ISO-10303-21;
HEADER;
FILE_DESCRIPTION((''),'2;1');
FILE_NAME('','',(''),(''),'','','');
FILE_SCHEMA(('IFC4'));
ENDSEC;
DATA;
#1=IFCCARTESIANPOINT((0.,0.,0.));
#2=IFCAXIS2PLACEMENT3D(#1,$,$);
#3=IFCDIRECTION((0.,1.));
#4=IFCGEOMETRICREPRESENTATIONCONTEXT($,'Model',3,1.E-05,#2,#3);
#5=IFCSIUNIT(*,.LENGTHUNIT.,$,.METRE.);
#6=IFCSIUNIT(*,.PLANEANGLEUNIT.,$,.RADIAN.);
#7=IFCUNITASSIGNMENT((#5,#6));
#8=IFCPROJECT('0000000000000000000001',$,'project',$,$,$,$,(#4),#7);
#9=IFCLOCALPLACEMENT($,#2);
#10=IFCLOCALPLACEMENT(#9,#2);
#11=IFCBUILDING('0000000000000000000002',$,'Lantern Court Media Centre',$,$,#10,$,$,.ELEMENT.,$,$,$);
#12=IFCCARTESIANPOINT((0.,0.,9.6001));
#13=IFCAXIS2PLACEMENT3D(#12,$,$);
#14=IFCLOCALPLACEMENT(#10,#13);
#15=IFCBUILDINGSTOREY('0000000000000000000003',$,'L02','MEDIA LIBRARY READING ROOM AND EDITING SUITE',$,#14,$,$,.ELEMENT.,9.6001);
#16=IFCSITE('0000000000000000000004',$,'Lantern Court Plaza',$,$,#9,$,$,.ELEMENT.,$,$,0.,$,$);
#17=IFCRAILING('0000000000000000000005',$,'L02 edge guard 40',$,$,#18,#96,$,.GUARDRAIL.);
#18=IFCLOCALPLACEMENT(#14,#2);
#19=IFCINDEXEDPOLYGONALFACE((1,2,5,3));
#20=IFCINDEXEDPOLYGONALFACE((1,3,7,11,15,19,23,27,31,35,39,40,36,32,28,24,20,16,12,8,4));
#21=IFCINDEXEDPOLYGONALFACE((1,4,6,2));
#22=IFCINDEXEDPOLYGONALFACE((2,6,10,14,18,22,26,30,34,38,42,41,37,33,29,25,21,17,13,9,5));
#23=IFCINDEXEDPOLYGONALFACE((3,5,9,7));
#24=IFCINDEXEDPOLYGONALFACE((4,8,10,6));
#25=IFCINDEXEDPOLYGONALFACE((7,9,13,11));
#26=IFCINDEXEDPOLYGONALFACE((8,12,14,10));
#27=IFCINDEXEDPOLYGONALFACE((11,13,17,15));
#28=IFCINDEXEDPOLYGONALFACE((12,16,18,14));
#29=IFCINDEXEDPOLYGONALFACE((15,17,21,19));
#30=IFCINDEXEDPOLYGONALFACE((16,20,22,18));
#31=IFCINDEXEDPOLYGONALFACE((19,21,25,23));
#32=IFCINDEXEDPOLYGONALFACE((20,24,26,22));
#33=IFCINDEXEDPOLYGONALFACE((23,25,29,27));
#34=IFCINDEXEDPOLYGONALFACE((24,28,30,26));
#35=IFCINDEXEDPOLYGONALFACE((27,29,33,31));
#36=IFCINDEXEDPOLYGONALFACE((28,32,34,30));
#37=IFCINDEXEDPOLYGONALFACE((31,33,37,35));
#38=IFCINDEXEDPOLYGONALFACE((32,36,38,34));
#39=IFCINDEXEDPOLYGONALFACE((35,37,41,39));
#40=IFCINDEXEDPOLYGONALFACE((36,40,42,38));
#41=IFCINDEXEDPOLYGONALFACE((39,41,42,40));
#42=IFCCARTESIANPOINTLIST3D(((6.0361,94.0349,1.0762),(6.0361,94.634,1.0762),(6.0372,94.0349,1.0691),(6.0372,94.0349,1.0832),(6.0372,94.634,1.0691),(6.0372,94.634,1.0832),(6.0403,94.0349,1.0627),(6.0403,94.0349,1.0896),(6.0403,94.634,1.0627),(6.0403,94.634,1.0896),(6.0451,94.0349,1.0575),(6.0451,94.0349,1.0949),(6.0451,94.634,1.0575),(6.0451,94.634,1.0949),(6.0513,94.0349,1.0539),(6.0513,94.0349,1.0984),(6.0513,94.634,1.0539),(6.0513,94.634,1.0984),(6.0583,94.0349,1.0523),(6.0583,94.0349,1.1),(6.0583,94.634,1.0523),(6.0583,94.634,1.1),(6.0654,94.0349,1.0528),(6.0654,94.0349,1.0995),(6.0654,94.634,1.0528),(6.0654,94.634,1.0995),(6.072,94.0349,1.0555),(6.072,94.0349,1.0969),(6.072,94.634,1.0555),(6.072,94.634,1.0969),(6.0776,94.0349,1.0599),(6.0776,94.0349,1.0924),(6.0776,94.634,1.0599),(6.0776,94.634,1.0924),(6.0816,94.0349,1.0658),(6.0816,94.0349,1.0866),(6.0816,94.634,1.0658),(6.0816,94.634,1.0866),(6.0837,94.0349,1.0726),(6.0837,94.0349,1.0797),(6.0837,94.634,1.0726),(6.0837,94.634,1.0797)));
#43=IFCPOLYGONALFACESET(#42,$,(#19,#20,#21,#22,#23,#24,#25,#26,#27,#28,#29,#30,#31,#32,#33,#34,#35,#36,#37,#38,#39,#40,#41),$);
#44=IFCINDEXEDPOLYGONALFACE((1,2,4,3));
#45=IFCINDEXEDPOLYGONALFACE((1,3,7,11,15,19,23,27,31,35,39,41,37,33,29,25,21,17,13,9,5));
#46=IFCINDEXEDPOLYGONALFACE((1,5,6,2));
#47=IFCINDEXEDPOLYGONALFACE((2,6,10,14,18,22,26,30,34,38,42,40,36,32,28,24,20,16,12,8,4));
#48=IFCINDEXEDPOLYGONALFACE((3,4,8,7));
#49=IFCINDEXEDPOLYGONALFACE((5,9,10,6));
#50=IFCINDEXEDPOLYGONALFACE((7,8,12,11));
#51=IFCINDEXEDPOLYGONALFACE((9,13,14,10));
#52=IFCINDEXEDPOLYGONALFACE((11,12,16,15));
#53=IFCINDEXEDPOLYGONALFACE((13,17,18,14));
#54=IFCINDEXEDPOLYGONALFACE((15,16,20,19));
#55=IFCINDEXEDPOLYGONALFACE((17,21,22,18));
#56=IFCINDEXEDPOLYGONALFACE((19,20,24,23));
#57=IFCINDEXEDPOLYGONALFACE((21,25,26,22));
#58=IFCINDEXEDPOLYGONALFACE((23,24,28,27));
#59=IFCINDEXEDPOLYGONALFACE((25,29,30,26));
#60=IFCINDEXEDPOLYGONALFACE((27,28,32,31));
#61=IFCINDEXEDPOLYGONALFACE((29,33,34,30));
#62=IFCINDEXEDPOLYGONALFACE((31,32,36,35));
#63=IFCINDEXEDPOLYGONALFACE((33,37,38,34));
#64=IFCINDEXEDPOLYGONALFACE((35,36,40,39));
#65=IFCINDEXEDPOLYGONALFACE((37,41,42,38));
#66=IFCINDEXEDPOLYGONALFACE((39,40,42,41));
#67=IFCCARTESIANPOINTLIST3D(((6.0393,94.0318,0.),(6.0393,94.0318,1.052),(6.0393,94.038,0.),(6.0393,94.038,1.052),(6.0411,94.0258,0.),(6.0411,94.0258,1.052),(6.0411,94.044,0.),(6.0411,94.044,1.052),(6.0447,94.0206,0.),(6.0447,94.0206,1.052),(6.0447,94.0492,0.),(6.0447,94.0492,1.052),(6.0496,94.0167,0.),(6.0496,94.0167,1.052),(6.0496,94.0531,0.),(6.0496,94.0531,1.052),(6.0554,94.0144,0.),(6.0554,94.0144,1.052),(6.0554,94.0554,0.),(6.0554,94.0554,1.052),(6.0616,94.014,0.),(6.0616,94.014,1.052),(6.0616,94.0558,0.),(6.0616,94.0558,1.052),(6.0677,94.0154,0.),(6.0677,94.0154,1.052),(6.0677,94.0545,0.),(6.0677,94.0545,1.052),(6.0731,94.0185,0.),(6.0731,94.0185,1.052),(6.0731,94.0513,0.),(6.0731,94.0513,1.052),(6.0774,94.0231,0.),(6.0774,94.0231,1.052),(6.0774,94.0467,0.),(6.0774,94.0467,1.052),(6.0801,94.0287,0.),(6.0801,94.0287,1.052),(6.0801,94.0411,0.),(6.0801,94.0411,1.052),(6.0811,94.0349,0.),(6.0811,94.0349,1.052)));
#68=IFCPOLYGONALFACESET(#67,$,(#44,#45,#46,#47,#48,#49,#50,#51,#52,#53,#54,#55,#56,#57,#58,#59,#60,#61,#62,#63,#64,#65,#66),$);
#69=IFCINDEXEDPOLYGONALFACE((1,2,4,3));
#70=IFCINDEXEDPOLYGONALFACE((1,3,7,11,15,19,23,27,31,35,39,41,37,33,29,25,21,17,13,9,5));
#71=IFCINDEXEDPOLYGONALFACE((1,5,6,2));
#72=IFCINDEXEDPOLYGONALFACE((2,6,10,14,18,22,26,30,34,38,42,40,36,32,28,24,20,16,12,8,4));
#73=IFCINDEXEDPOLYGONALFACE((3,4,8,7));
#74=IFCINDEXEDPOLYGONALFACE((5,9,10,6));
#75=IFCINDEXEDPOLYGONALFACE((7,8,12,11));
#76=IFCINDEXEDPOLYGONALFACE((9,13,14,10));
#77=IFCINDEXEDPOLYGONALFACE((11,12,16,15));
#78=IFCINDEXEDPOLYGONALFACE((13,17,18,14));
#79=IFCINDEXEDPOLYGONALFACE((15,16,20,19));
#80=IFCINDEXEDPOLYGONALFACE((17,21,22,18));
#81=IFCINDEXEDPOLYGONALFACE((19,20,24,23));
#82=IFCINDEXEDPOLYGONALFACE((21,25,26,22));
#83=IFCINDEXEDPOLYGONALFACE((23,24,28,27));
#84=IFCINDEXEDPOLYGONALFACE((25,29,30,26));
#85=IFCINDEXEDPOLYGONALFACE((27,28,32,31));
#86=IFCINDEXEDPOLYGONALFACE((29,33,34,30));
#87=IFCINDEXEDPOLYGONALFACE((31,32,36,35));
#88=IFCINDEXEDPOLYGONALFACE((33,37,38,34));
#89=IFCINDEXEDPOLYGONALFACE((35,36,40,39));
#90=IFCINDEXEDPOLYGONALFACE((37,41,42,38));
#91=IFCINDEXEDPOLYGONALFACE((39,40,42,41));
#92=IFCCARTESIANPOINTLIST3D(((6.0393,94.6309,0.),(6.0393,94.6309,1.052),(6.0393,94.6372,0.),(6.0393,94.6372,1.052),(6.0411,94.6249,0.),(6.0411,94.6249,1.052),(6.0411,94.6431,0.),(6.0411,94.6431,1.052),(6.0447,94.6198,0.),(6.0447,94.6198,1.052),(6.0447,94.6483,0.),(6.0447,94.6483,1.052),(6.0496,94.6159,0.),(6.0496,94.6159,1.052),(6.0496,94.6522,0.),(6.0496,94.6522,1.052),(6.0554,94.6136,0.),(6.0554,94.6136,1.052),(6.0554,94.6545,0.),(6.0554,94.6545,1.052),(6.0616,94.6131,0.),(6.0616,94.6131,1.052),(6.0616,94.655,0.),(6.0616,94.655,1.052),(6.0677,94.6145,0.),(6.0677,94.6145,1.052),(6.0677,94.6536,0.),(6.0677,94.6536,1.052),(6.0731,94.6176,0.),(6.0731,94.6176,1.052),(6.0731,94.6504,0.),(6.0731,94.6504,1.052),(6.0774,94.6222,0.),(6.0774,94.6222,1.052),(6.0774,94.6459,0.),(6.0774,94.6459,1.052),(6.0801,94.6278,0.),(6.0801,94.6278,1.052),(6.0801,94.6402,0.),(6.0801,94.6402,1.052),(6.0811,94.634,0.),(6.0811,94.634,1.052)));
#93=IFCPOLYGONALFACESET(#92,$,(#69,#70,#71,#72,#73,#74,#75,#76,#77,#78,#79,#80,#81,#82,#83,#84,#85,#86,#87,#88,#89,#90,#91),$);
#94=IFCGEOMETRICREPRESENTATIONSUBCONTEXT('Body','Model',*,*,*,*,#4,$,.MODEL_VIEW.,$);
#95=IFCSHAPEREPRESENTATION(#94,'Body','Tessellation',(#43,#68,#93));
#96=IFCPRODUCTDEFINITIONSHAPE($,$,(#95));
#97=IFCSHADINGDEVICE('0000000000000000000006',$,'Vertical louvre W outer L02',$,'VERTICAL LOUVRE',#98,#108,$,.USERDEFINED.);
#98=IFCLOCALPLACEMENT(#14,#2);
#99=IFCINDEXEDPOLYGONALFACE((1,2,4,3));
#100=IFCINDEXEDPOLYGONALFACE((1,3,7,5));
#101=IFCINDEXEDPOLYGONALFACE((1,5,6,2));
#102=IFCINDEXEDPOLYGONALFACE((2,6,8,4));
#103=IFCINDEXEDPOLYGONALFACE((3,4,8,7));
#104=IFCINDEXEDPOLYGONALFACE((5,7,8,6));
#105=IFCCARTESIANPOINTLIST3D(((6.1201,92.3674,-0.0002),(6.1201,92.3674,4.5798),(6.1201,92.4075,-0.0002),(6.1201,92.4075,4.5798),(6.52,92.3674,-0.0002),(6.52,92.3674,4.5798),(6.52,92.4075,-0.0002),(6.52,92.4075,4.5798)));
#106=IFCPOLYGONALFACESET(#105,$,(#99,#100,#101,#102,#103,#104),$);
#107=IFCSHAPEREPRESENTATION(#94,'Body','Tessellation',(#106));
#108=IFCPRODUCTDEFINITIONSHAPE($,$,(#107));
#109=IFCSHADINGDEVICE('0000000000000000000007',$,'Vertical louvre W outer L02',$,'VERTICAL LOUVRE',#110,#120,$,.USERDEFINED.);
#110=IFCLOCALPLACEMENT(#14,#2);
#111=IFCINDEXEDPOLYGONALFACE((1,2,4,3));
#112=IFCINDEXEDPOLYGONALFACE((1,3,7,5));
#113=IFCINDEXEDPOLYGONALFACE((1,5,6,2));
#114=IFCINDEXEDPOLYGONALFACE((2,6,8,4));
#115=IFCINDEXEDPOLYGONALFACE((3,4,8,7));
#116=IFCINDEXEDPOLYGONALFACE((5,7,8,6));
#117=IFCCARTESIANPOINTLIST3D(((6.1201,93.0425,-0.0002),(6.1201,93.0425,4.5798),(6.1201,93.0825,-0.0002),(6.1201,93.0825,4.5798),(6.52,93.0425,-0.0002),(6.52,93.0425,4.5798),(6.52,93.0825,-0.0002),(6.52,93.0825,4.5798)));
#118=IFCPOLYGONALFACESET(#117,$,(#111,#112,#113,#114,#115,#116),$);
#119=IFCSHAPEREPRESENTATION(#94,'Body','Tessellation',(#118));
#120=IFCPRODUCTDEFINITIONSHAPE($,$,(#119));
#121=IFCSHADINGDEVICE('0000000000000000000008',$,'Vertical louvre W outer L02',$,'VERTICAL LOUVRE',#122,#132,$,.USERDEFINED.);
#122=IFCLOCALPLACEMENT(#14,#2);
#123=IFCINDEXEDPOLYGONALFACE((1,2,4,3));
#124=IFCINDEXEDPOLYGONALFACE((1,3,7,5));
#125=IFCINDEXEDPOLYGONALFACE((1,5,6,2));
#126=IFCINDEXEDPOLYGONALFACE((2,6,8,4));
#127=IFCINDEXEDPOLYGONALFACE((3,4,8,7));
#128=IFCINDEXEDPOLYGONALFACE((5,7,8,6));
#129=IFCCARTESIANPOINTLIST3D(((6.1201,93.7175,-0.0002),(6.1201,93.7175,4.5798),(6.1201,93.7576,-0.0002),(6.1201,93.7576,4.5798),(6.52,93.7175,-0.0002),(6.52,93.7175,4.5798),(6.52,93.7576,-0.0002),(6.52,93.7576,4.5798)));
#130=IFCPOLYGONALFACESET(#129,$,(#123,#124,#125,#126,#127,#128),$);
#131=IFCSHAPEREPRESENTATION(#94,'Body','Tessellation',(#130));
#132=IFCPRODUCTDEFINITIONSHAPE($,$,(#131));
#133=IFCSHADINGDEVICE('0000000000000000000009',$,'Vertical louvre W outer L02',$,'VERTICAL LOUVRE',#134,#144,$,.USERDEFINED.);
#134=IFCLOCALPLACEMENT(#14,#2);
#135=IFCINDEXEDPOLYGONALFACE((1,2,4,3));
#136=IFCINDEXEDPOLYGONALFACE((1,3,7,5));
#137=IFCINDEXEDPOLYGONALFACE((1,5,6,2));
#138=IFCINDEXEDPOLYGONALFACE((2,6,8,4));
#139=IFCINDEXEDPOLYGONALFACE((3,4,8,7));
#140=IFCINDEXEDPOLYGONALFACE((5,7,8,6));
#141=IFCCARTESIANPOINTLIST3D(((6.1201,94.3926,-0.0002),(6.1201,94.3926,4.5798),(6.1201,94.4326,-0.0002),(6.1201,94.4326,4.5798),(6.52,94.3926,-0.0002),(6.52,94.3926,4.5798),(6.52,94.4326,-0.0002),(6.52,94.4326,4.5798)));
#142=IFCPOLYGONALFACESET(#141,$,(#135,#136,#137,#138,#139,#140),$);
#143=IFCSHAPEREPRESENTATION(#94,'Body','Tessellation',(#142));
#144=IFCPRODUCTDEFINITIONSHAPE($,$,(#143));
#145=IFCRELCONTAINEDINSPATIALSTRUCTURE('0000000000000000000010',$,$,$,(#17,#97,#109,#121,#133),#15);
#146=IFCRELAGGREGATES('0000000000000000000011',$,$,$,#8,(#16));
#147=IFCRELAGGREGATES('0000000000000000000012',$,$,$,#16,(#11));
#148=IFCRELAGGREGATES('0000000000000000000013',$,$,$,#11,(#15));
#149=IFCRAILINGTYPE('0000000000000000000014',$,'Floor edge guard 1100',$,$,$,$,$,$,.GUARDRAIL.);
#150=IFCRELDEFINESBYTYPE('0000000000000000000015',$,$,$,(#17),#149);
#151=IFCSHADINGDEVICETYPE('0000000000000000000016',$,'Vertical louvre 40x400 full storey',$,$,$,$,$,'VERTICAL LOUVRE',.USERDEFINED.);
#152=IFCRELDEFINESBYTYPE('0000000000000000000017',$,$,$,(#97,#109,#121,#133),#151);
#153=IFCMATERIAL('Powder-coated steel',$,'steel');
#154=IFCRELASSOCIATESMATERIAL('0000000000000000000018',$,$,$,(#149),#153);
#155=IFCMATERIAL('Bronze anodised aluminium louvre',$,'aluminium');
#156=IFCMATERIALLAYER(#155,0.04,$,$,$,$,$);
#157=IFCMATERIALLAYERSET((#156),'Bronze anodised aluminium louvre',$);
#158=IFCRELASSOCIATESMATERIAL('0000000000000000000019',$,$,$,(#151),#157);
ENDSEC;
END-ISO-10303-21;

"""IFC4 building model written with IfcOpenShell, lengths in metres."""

from ifc_helpers import new_model, si_unit, direction, frame, origin, origin_2d, place, context, subcontext, project, spatial, rectangle, circle, extrude, material, layer, layer_set, type_object, element, save


model = new_model("IFC4")

# Units and contexts
model_context = context("Model", 3, precision=1e-05, world=origin(), true_north=direction((0.0, 1.0)))
body_context = subcontext(model_context, "Body", "Model", "MODEL_VIEW")
ifc_project = project(units=[si_unit("LENGTHUNIT", "METRE"), si_unit("PLANEANGLEUNIT", "RADIAN")], contexts=[model_context])

# Site, building, storey
site_placement = place(None, origin())
site = spatial("IfcSite", under=ifc_project, at=site_placement, Name="Lantern Court Plaza", CompositionType="ELEMENT", RefElevation=0.0)
building_placement = place(site_placement, origin())
building = spatial("IfcBuilding", under=site, at=building_placement, Name="Lantern Court Media Centre", CompositionType="ELEMENT")
storey_placement = place(building_placement, frame((0.0, 0.0, 9.6001)))
storey = spatial("IfcBuildingStorey", under=building, at=storey_placement, Name="L02", Description="MEDIA LIBRARY READING ROOM AND EDITING SUITE", CompositionType="ELEMENT", Elevation=9.6001)

# Railing
ifc_material_1 = material(Name="Powder-coated steel", Category="steel")
railing_type = type_object("IfcRailingType", Name="Floor edge guard 1100", PredefinedType="GUARDRAIL", material=ifc_material_1)
railing_1_placement = place(storey_placement, frame((6.0601, 94.0349, 0.0)))
element("IfcRailing", 1, at=railing_1_placement, inside=storey, type_object=railing_type, Name="L02 edge guard 40", PredefinedType="GUARDRAIL", context=body_context, shape_type="SweptSolid", body=[
    extrude(circle(Radius=0.0239, at=origin_2d()), frame((0.0, 0.0, 1.0762), z_axis=(0.0, 1.0, 0.0), x_axis=(-1.0, 0.0, 0.0)), (0.0, 0.0, 1.0), 0.5991),
    extrude(circle(Radius=0.021, at=origin_2d()), origin(), (0.0, 0.0, 1.0), 1.052),
    extrude(circle(Radius=0.021, at=origin_2d()), frame((0.0, 0.5991, 0.0)), (0.0, 0.0, 1.0), 1.052),
])

# Shading devices
ifc_material_2 = material(Name="Bronze anodised aluminium louvre", Category="aluminium")
ifc_layer_1 = layer(ifc_material_2, 0.04)
ifc_layer_set_1 = layer_set([ifc_layer_1], Name="Bronze anodised aluminium louvre")
shading_device_type = type_object("IfcShadingDeviceType", Name="Vertical louvre 40x400 full storey", ElementType="VERTICAL LOUVRE", PredefinedType="USERDEFINED", material=ifc_layer_set_1)
for number, where, z_axis, x_axis, name in (
    (2, (6.3201, 92.3875, -0.0002), (0.0, 0.0, 1.0), (1.0, 0.0, 0.0), "Vertical louvre W outer L02"),
    (3, (6.3201, 93.0625, -0.0002), (0.0, 0.0, 1.0), (1.0, 0.0, 0.0), "Vertical louvre W outer L02"),
    (4, (6.3201, 93.7375, -0.0002), (0.0, 0.0, 1.0), (1.0, 0.0, 0.0), "Vertical louvre W outer L02"),
    (5, (6.3201, 94.4126, -0.0002), (0.0, 0.0, 1.0), (1.0, 0.0, 0.0), "Vertical louvre W outer L02"),
):
    element("IfcShadingDevice", number, at=place(storey_placement, frame(where, z_axis=z_axis, x_axis=x_axis)), inside=storey, type_object=shading_device_type, Name=name, ObjectType="VERTICAL LOUVRE", PredefinedType="USERDEFINED", context=body_context, shape_type="SweptSolid", body=[
        extrude(rectangle(XDim=0.3999, YDim=0.04, at=origin_2d()), origin(), (0.0, 0.0, 1.0), 4.5801),
    ])

save(model, "model.ifc")
